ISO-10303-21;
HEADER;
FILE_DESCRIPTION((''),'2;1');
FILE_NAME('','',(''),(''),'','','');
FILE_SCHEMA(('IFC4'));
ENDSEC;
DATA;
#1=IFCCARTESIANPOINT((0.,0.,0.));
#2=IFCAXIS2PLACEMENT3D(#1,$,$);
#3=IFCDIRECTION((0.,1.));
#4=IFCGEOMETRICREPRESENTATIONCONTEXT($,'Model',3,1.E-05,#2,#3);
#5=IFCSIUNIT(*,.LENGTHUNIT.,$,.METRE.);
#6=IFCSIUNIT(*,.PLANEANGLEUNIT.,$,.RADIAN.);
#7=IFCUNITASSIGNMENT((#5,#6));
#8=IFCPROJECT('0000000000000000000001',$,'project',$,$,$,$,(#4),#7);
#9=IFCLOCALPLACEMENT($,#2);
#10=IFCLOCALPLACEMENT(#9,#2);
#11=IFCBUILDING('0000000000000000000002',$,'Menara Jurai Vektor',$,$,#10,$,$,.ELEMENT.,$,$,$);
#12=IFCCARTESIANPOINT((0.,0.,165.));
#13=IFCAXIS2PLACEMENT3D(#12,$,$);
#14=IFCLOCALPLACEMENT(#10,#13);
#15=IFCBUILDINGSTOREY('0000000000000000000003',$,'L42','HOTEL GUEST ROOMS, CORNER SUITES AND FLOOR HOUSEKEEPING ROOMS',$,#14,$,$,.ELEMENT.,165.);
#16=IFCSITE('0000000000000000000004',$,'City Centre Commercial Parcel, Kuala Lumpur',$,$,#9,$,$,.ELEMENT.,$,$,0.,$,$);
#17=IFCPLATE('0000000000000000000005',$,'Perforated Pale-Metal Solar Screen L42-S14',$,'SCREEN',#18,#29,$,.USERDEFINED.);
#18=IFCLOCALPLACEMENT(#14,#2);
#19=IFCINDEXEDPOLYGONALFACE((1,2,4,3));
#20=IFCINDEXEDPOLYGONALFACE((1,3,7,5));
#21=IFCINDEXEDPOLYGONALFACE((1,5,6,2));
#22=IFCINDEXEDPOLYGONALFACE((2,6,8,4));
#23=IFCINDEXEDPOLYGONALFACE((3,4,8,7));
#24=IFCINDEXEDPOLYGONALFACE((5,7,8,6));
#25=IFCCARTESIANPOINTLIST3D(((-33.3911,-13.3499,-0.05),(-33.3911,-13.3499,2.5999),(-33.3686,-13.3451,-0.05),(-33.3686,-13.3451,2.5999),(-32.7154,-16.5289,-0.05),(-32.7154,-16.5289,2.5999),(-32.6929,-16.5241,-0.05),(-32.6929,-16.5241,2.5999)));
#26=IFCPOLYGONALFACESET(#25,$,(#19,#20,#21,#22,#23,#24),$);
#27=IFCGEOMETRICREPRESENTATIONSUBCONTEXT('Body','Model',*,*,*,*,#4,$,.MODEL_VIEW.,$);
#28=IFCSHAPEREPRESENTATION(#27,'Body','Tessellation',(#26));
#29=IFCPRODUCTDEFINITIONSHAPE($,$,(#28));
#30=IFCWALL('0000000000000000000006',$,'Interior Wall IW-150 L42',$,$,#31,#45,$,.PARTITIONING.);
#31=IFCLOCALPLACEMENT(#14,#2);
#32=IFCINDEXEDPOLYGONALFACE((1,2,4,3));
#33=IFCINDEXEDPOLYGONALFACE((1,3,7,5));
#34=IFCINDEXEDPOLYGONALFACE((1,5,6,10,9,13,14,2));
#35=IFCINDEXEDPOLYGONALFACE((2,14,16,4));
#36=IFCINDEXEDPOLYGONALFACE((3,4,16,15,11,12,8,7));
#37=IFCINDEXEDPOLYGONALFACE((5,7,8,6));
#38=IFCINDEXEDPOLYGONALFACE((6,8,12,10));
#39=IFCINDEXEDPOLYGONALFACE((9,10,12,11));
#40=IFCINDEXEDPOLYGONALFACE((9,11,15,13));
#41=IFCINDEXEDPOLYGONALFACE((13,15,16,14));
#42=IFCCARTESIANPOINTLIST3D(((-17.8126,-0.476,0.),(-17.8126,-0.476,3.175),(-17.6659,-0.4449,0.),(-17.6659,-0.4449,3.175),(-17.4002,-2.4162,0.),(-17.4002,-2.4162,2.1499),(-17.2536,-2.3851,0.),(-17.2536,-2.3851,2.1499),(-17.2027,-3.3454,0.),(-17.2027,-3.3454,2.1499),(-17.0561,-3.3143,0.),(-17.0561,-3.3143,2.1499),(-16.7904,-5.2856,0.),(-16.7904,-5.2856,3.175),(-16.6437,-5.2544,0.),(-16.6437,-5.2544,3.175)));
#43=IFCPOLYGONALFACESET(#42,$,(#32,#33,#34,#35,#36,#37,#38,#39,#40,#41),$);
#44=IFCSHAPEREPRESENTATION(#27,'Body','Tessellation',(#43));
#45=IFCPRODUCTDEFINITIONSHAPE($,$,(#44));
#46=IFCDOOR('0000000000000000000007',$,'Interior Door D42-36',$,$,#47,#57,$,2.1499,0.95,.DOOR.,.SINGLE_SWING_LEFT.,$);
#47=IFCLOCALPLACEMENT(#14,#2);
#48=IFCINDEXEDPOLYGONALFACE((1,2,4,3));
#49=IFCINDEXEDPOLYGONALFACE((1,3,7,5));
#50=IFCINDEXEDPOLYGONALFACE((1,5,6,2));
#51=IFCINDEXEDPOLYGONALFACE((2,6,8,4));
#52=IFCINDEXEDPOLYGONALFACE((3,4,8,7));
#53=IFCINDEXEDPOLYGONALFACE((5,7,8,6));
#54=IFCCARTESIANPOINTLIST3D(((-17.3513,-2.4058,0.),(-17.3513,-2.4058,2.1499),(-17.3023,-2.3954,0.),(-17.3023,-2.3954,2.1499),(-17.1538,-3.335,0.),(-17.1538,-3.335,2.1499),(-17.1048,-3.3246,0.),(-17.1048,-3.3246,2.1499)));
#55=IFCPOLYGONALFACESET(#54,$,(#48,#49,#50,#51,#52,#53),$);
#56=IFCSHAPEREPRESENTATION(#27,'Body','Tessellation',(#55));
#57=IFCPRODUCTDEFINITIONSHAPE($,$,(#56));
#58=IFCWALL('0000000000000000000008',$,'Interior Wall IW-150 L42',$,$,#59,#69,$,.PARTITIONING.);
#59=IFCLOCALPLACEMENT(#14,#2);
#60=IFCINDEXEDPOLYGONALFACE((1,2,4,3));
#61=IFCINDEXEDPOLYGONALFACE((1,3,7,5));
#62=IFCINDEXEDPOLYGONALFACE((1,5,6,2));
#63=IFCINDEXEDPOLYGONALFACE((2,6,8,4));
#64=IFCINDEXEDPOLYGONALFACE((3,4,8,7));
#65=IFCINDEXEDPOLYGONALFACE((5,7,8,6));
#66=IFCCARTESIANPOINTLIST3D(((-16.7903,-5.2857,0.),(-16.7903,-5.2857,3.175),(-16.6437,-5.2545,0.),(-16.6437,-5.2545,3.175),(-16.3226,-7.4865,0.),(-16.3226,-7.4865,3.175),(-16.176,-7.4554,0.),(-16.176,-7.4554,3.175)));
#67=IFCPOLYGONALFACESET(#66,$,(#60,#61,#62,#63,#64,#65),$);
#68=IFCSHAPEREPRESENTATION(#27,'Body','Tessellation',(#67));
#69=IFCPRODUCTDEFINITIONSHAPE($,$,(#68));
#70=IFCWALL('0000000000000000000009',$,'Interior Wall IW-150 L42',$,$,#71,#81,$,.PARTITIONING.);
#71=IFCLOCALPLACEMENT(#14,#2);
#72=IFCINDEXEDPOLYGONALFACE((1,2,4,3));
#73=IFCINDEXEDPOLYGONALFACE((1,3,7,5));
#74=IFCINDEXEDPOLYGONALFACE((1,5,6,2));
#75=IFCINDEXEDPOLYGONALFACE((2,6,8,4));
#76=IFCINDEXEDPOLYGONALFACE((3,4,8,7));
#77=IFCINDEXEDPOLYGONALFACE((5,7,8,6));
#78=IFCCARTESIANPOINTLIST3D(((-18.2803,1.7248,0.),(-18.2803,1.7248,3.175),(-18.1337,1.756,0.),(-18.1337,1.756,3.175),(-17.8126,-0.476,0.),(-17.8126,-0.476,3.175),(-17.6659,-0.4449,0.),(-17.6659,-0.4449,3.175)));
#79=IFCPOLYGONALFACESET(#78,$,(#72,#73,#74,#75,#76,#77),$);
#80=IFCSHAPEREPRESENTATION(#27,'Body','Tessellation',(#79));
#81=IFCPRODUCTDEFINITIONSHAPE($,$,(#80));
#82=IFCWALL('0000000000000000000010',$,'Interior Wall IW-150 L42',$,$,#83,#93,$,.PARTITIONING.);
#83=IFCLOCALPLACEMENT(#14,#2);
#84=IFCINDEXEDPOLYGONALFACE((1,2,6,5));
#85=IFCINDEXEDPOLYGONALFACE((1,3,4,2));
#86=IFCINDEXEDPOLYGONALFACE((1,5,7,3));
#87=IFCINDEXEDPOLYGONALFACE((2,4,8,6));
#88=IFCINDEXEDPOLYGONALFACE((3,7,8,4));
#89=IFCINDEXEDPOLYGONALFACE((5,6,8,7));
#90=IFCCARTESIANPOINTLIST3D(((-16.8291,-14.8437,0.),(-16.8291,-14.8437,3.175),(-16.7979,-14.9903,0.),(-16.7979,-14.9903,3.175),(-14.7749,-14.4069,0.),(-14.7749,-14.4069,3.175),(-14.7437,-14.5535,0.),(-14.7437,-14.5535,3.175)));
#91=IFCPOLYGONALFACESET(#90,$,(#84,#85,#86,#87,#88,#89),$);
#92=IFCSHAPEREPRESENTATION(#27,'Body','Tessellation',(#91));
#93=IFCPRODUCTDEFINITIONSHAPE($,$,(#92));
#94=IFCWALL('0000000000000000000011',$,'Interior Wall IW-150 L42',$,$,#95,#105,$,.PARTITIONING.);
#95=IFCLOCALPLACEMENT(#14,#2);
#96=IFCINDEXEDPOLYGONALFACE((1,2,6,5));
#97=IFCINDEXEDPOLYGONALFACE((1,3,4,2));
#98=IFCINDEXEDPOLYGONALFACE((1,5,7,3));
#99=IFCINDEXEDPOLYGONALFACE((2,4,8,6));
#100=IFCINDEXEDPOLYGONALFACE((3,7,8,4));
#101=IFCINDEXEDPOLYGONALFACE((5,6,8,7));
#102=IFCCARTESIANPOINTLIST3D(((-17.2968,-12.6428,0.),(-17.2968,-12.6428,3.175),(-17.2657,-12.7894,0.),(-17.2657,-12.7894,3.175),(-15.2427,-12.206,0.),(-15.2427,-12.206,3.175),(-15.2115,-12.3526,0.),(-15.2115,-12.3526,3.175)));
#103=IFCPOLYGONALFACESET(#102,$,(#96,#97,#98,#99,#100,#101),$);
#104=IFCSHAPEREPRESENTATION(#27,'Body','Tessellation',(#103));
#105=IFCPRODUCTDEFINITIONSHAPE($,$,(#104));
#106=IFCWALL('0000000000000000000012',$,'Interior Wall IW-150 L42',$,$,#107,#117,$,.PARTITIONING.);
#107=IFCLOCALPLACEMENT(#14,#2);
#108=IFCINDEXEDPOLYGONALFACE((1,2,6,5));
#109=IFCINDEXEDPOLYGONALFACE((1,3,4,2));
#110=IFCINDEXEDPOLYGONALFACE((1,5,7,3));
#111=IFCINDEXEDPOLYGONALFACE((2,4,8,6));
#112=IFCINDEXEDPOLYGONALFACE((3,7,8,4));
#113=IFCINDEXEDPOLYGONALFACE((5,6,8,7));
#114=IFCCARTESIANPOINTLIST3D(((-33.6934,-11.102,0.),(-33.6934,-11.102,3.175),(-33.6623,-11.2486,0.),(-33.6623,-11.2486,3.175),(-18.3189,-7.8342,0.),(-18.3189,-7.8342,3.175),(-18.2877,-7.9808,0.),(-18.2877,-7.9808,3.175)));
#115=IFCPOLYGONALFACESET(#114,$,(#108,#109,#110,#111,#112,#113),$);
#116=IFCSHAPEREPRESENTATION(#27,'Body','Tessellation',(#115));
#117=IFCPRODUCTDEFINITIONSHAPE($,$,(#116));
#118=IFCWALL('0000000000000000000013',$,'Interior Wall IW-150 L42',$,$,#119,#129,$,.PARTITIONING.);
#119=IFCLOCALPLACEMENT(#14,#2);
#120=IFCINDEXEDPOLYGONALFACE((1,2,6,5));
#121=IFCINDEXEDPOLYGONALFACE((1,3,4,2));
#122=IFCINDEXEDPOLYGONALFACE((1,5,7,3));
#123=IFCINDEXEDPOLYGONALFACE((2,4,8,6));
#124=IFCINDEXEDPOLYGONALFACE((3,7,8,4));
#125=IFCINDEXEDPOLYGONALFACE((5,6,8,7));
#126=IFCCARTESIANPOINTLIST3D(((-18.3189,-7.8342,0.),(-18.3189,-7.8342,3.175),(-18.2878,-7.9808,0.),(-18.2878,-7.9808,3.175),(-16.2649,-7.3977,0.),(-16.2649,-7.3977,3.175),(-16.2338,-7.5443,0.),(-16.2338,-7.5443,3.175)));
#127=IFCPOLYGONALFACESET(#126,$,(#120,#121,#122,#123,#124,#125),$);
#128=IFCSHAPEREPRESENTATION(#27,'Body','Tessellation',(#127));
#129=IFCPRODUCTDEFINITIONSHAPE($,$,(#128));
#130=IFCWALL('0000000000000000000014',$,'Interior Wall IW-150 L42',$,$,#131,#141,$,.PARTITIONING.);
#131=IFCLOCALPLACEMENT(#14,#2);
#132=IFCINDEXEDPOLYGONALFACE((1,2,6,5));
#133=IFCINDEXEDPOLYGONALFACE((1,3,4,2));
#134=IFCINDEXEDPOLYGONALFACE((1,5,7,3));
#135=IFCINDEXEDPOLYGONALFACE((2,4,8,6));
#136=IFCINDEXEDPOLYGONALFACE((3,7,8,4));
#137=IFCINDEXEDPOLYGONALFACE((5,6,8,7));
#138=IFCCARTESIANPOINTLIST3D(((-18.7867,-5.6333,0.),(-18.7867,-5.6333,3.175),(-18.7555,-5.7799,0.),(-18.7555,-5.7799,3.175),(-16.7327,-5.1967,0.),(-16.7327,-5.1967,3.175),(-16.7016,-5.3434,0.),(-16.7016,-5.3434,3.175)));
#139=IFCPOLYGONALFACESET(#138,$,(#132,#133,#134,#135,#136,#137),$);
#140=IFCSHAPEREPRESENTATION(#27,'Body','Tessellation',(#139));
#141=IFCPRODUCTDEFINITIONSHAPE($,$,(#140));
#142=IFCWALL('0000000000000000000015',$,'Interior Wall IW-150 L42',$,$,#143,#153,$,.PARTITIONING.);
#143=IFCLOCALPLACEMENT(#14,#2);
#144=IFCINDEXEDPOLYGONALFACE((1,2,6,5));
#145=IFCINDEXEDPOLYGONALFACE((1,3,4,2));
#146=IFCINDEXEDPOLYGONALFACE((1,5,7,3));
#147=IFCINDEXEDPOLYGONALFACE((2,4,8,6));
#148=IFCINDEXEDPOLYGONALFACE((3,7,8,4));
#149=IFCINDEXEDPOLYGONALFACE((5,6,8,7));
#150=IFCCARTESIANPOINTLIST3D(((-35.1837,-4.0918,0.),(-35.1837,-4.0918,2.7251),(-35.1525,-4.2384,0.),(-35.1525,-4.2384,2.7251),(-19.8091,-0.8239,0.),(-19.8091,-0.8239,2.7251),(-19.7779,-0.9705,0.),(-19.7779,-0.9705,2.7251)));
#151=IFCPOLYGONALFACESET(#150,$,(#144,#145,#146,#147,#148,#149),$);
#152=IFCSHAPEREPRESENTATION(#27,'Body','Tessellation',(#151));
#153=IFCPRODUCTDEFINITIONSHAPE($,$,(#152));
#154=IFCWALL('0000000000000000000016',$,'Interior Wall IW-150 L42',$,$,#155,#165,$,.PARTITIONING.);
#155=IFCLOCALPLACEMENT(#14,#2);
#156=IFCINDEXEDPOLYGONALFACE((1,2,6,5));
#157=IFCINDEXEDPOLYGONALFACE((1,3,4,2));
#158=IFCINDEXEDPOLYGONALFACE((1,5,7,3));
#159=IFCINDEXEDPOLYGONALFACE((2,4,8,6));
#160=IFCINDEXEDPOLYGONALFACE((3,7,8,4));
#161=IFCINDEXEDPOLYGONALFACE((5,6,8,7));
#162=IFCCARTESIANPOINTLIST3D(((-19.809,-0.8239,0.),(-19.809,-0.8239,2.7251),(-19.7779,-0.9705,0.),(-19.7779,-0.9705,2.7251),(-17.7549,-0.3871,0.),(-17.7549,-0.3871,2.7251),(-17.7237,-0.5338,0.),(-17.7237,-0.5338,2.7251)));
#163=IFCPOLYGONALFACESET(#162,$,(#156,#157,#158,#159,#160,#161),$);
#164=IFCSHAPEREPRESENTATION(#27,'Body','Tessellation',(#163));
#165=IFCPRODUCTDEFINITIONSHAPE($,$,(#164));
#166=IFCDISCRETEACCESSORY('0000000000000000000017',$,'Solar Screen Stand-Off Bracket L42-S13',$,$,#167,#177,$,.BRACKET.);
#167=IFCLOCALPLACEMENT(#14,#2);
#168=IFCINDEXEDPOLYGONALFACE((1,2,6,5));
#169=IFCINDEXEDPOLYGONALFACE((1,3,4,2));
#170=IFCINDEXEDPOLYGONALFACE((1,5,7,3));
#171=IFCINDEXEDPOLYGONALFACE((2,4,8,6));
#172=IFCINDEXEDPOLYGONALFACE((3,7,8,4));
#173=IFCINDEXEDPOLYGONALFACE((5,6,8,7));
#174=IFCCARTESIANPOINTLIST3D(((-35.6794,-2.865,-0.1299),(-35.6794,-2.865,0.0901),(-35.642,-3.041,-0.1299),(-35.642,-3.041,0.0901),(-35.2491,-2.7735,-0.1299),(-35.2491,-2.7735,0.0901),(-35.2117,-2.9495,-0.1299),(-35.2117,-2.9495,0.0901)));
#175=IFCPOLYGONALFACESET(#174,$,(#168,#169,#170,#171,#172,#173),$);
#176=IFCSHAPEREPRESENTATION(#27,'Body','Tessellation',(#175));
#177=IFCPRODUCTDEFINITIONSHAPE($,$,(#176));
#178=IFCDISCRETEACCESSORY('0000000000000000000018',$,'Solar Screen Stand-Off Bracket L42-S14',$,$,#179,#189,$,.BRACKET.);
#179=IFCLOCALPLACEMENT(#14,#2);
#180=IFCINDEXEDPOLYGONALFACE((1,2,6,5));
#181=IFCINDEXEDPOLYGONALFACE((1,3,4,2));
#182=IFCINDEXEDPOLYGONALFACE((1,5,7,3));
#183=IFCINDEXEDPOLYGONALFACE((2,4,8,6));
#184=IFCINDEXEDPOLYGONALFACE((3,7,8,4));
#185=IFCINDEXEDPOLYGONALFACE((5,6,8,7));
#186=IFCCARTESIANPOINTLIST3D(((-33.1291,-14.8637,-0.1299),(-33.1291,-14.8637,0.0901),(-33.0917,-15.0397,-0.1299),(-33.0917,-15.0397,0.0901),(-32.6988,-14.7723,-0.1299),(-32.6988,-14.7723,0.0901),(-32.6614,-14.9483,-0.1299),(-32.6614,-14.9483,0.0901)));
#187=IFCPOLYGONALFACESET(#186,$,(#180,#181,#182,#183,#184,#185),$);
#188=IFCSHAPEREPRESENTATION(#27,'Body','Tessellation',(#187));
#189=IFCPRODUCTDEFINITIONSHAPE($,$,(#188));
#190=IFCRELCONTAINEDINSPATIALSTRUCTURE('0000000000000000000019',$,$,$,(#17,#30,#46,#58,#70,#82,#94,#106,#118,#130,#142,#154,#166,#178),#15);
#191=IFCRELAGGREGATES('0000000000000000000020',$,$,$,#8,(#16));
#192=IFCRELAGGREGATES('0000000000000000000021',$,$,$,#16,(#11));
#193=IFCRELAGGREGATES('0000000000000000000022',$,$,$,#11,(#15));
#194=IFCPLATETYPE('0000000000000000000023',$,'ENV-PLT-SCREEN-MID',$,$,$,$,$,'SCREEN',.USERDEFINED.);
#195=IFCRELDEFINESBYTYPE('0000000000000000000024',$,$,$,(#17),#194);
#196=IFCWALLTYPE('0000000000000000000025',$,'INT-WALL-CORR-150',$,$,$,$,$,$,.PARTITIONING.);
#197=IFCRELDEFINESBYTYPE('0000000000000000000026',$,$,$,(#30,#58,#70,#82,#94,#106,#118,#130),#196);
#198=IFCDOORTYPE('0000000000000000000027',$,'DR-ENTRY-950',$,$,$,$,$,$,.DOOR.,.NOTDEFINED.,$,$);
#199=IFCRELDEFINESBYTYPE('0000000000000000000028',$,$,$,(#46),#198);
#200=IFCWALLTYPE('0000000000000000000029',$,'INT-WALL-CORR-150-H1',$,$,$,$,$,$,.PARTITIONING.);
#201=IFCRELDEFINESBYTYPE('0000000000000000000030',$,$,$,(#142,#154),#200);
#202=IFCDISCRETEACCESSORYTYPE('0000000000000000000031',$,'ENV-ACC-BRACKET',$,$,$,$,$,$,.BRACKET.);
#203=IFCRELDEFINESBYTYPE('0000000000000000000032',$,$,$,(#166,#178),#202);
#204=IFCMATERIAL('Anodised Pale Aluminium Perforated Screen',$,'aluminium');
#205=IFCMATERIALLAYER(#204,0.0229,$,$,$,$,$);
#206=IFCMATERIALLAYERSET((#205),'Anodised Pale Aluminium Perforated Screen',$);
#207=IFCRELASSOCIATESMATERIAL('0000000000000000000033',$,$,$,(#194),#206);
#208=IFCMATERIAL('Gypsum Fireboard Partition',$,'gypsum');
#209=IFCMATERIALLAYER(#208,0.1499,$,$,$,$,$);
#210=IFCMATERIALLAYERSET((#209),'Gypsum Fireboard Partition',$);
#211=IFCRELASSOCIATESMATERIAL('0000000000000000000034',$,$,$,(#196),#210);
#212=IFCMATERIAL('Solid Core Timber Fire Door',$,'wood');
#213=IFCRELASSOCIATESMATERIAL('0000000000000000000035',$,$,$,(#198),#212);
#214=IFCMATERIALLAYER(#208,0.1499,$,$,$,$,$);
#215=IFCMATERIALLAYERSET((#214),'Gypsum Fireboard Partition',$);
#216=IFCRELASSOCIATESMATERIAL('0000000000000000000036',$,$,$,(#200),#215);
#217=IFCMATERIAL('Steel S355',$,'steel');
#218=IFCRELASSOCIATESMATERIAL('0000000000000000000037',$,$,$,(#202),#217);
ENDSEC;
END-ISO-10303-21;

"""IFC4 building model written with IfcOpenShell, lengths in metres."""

from ifc_helpers import new_model, si_unit, direction, frame, frame_2d, origin, origin_2d, place, context, subcontext, project, spatial, rectangle, extrude, material, layer, layer_set, type_object, element, fill, save


model = new_model("IFC4")

# Units and contexts
model_context = context("Model", 3, precision=1e-05, world=origin(), true_north=direction((0.0, 1.0)))
body_context = subcontext(model_context, "Body", "Model", "MODEL_VIEW")
ifc_project = project(units=[si_unit("LENGTHUNIT", "METRE"), si_unit("PLANEANGLEUNIT", "RADIAN")], contexts=[model_context])

# Site, building, storey
site_placement = place(None, origin())
site = spatial("IfcSite", under=ifc_project, at=site_placement, Name="City Centre Commercial Parcel, Kuala Lumpur", CompositionType="ELEMENT", RefElevation=0.0)
building_placement = place(site_placement, origin())
building = spatial("IfcBuilding", under=site, at=building_placement, Name="Menara Jurai Vektor", CompositionType="ELEMENT")
storey_placement = place(building_placement, frame((0.0, 0.0, 165.0)))
storey = spatial("IfcBuildingStorey", under=building, at=storey_placement, Name="L42", Description="HOTEL GUEST ROOMS, CORNER SUITES AND FLOOR HOUSEKEEPING ROOMS", CompositionType="ELEMENT", Elevation=165.0)

# Shared definitions
ifc_material_1 = material(Name="Steel S355", Category="steel")

# Plate
ifc_material_2 = material(Name="Anodised Pale Aluminium Perforated Screen", Category="aluminium")
ifc_layer_1 = layer(ifc_material_2, 0.0229)
ifc_layer_set_1 = layer_set([ifc_layer_1], Name="Anodised Pale Aluminium Perforated Screen")
plate_type_1 = type_object("IfcPlateType", Name="ENV-PLT-SCREEN-MID", ElementType="SCREEN", PredefinedType="USERDEFINED", material=ifc_layer_set_1)
for number, where, z_axis, x_axis, name in (
    (1, (-33.042, -14.937, -0.05), (0.0, 0.0, 1.0), (0.207912, -0.978148, 0.0), "Perforated Pale-Metal Solar Screen L42-S14"),
):
    element("IfcPlate", number, at=place(storey_placement, frame(where, z_axis=z_axis, x_axis=x_axis)), inside=storey, type_object=plate_type_1, Name=name, ObjectType="SCREEN", PredefinedType="USERDEFINED", context=body_context, shape_type="SweptSolid", body=[
        extrude(rectangle(XDim=3.25, YDim=0.0229, at=origin_2d()), origin(), (0.0, 0.0, 1.0), 2.6499),
    ])

# Wall, opening, door
ifc_material_3 = material(Name="Gypsum Fireboard Partition", Category="gypsum")
ifc_layer_2 = layer(ifc_material_3, 0.1499)
ifc_layer_set_2 = layer_set([ifc_layer_2], Name="Gypsum Fireboard Partition")
wall_type_1 = type_object("IfcWallType", Name="INT-WALL-CORR-150", PredefinedType="PARTITIONING", material=ifc_layer_set_2)
wall_1_placement = place(storey_placement, frame((-16.717, -5.27, 0.0), z_axis=(0.0, 0.0, 1.0), x_axis=(-0.207894, 0.978151, 0.0)))
wall_1 = element("IfcWall", 2, at=wall_1_placement, inside=storey, type_object=wall_type_1, Name="Interior Wall IW-150 L42", PredefinedType="PARTITIONING", context=body_context, shape_type="SweptSolid", body=[
    extrude(rectangle(XDim=4.917, YDim=0.1499, at=frame_2d((2.4585, 0.0))), origin(), (0.0, 0.0, 1.0), 3.175),
])
opening_1_placement = place(wall_1_placement, frame((1.9834, 0.0, 0.0)))
opening_1 = element("IfcOpeningElement", 3, at=opening_1_placement, cuts=wall_1, PredefinedType="OPENING", context=body_context, shape_type="SweptSolid", body=[
    extrude(rectangle(XDim=0.95, YDim=2.1499, at=frame_2d((0.4751, 1.075))), frame((0.0, 0.085, 0.0), z_axis=(0.0, -1.0, 0.0), x_axis=(1.0, 0.0, 0.0)), (0.0, 0.0, 1.0), 0.1699),
])
ifc_material_4 = material(Name="Solid Core Timber Fire Door", Category="wood")
door_type_1 = type_object("IfcDoorType", Name="DR-ENTRY-950", OperationType="NOTDEFINED", PredefinedType="DOOR", material=ifc_material_4)
door_1_placement = place(opening_1_placement, origin())
door_1 = element("IfcDoor", 4, at=door_1_placement, inside=storey, type_object=door_type_1, Name="Interior Door D42-36", OperationType="SINGLE_SWING_LEFT", OverallHeight=2.1499, OverallWidth=0.95, PredefinedType="DOOR", context=body_context, shape_type="SweptSolid", body=[
    extrude(rectangle(XDim=0.95, YDim=2.1499, at=frame_2d((0.4751, 1.075))), frame((0.0, 0.0249, 0.0), z_axis=(0.0, -1.0, 0.0), x_axis=(1.0, 0.0, 0.0)), (0.0, 0.0, 1.0), 0.05),
])
fill(opening_1, door_1)

# Walls
for number, where, z_axis, x_axis, name in (
    (5, (-16.2493, -7.4709, 0.0), (0.0, 0.0, 1.0), (-0.207891, 0.978152, 0.0), "Interior Wall IW-150 L42"),
    (6, (-17.7393, -0.4604, 0.0), (0.0, 0.0, 1.0), (-0.207891, 0.978152, 0.0), "Interior Wall IW-150 L42"),
):
    element("IfcWall", number, at=place(storey_placement, frame(where, z_axis=z_axis, x_axis=x_axis)), inside=storey, type_object=wall_type_1, Name=name, PredefinedType="PARTITIONING", context=body_context, shape_type="SweptSolid", body=[
        extrude(rectangle(XDim=2.25, YDim=0.1499, at=frame_2d((1.125, 0.0))), origin(), (0.0, 0.0, 1.0), 3.175),
    ])
wall_2_placement = place(storey_placement, frame((-16.8135, -14.917, 0.0), z_axis=(0.0, 0.0, 1.0), x_axis=(0.978135, 0.207973, 0.0)))
element("IfcWall", 7, at=wall_2_placement, inside=storey, type_object=wall_type_1, Name="Interior Wall IW-150 L42", PredefinedType="PARTITIONING", context=body_context, shape_type="SweptSolid", body=[
    extrude(rectangle(XDim=2.1001, YDim=0.1499, at=frame_2d((1.05, 0.0))), origin(), (0.0, 0.0, 1.0), 3.175),
])

# Walls
wall_3_placement = place(storey_placement, frame((-17.2812, -12.7161, 0.0), z_axis=(0.0, 0.0, 1.0), x_axis=(0.978135, 0.207973, 0.0)))
element("IfcWall", 8, at=wall_3_placement, inside=storey, type_object=wall_type_1, Name="Interior Wall IW-150 L42", PredefinedType="PARTITIONING", context=body_context, shape_type="SweptSolid", body=[
    extrude(rectangle(XDim=2.1001, YDim=0.1499, at=frame_2d((1.05, 0.0))), origin(), (0.0, 0.0, 1.0), 3.175),
])
wall_4_placement = place(storey_placement, frame((-33.6777, -11.1753, 0.0), z_axis=(0.0, 0.0, 1.0), x_axis=(0.978149, 0.207904, 0.0)))
element("IfcWall", 9, at=wall_4_placement, inside=storey, type_object=wall_type_1, Name="Interior Wall IW-150 L42", PredefinedType="PARTITIONING", context=body_context, shape_type="SweptSolid", body=[
    extrude(rectangle(XDim=15.718, YDim=0.1499, at=frame_2d((7.8589, 0.0))), origin(), (0.0, 0.0, 1.0), 3.175),
])
wall_5_placement = place(storey_placement, frame((-18.3032, -7.9075, 0.0), z_axis=(0.0, 0.0, 1.0), x_axis=(0.978153, 0.207885, 0.0)))
element("IfcWall", 10, at=wall_5_placement, inside=storey, type_object=wall_type_1, Name="Interior Wall IW-150 L42", PredefinedType="PARTITIONING", context=body_context, shape_type="SweptSolid", body=[
    extrude(rectangle(XDim=2.0999, YDim=0.1499, at=frame_2d((1.0498, 0.0))), origin(), (0.0, 0.0, 1.0), 3.175),
])

# Wall
wall_6_placement = place(storey_placement, frame((-18.771, -5.7065, 0.0), z_axis=(0.0, 0.0, 1.0), x_axis=(0.978153, 0.207885, 0.0)))
element("IfcWall", 11, at=wall_6_placement, inside=storey, type_object=wall_type_1, Name="Interior Wall IW-150 L42", PredefinedType="PARTITIONING", context=body_context, shape_type="SweptSolid", body=[
    extrude(rectangle(XDim=2.0999, YDim=0.1499, at=frame_2d((1.0498, 0.0))), origin(), (0.0, 0.0, 1.0), 3.175),
])

# Walls
ifc_layer_3 = layer(ifc_material_3, 0.1499)
ifc_layer_set_3 = layer_set([ifc_layer_3], Name="Gypsum Fireboard Partition")
wall_type_2 = type_object("IfcWallType", Name="INT-WALL-CORR-150-H1", PredefinedType="PARTITIONING", material=ifc_layer_set_3)
wall_7_placement = place(storey_placement, frame((-35.168, -4.165, 0.0), z_axis=(0.0, 0.0, 1.0), x_axis=(0.978149, 0.207904, 0.0)))
element("IfcWall", 12, at=wall_7_placement, inside=storey, type_object=wall_type_2, Name="Interior Wall IW-150 L42", PredefinedType="PARTITIONING", context=body_context, shape_type="SweptSolid", body=[
    extrude(rectangle(XDim=15.718, YDim=0.1499, at=frame_2d((7.8589, 0.0))), origin(), (0.0, 0.0, 1.0), 2.7251),
])
wall_8_placement = place(storey_placement, frame((-19.7935, -0.8972, 0.0), z_axis=(0.0, 0.0, 1.0), x_axis=(0.978135, 0.207973, 0.0)))
element("IfcWall", 13, at=wall_8_placement, inside=storey, type_object=wall_type_2, Name="Interior Wall IW-150 L42", PredefinedType="PARTITIONING", context=body_context, shape_type="SweptSolid", body=[
    extrude(rectangle(XDim=2.1001, YDim=0.1499, at=frame_2d((1.05, 0.0))), origin(), (0.0, 0.0, 1.0), 2.7251),
])

# Discrete accessories
discrete_accessory_type = type_object("IfcDiscreteAccessoryType", Name="ENV-ACC-BRACKET", PredefinedType="BRACKET", material=ifc_material_1)
for number, where, z_axis, x_axis, name in (
    (14, (-35.4456, -2.9072, -0.1299), (0.0, 0.0, 1.0), (0.207912, -0.978148, 0.0), "Solar Screen Stand-Off Bracket L42-S13"),
    (15, (-32.8953, -14.906, -0.1299), (0.0, 0.0, 1.0), (0.207912, -0.978148, 0.0), "Solar Screen Stand-Off Bracket L42-S14"),
):
    element("IfcDiscreteAccessory", number, at=place(storey_placement, frame(where, z_axis=z_axis, x_axis=x_axis)), inside=storey, type_object=discrete_accessory_type, Name=name, PredefinedType="BRACKET", context=body_context, shape_type="SweptSolid", body=[
        extrude(rectangle(XDim=0.1799, YDim=0.4399, at=origin_2d()), origin(), (0.0, 0.0, 1.0), 0.22),
    ])

save(model, "model.ifc")
